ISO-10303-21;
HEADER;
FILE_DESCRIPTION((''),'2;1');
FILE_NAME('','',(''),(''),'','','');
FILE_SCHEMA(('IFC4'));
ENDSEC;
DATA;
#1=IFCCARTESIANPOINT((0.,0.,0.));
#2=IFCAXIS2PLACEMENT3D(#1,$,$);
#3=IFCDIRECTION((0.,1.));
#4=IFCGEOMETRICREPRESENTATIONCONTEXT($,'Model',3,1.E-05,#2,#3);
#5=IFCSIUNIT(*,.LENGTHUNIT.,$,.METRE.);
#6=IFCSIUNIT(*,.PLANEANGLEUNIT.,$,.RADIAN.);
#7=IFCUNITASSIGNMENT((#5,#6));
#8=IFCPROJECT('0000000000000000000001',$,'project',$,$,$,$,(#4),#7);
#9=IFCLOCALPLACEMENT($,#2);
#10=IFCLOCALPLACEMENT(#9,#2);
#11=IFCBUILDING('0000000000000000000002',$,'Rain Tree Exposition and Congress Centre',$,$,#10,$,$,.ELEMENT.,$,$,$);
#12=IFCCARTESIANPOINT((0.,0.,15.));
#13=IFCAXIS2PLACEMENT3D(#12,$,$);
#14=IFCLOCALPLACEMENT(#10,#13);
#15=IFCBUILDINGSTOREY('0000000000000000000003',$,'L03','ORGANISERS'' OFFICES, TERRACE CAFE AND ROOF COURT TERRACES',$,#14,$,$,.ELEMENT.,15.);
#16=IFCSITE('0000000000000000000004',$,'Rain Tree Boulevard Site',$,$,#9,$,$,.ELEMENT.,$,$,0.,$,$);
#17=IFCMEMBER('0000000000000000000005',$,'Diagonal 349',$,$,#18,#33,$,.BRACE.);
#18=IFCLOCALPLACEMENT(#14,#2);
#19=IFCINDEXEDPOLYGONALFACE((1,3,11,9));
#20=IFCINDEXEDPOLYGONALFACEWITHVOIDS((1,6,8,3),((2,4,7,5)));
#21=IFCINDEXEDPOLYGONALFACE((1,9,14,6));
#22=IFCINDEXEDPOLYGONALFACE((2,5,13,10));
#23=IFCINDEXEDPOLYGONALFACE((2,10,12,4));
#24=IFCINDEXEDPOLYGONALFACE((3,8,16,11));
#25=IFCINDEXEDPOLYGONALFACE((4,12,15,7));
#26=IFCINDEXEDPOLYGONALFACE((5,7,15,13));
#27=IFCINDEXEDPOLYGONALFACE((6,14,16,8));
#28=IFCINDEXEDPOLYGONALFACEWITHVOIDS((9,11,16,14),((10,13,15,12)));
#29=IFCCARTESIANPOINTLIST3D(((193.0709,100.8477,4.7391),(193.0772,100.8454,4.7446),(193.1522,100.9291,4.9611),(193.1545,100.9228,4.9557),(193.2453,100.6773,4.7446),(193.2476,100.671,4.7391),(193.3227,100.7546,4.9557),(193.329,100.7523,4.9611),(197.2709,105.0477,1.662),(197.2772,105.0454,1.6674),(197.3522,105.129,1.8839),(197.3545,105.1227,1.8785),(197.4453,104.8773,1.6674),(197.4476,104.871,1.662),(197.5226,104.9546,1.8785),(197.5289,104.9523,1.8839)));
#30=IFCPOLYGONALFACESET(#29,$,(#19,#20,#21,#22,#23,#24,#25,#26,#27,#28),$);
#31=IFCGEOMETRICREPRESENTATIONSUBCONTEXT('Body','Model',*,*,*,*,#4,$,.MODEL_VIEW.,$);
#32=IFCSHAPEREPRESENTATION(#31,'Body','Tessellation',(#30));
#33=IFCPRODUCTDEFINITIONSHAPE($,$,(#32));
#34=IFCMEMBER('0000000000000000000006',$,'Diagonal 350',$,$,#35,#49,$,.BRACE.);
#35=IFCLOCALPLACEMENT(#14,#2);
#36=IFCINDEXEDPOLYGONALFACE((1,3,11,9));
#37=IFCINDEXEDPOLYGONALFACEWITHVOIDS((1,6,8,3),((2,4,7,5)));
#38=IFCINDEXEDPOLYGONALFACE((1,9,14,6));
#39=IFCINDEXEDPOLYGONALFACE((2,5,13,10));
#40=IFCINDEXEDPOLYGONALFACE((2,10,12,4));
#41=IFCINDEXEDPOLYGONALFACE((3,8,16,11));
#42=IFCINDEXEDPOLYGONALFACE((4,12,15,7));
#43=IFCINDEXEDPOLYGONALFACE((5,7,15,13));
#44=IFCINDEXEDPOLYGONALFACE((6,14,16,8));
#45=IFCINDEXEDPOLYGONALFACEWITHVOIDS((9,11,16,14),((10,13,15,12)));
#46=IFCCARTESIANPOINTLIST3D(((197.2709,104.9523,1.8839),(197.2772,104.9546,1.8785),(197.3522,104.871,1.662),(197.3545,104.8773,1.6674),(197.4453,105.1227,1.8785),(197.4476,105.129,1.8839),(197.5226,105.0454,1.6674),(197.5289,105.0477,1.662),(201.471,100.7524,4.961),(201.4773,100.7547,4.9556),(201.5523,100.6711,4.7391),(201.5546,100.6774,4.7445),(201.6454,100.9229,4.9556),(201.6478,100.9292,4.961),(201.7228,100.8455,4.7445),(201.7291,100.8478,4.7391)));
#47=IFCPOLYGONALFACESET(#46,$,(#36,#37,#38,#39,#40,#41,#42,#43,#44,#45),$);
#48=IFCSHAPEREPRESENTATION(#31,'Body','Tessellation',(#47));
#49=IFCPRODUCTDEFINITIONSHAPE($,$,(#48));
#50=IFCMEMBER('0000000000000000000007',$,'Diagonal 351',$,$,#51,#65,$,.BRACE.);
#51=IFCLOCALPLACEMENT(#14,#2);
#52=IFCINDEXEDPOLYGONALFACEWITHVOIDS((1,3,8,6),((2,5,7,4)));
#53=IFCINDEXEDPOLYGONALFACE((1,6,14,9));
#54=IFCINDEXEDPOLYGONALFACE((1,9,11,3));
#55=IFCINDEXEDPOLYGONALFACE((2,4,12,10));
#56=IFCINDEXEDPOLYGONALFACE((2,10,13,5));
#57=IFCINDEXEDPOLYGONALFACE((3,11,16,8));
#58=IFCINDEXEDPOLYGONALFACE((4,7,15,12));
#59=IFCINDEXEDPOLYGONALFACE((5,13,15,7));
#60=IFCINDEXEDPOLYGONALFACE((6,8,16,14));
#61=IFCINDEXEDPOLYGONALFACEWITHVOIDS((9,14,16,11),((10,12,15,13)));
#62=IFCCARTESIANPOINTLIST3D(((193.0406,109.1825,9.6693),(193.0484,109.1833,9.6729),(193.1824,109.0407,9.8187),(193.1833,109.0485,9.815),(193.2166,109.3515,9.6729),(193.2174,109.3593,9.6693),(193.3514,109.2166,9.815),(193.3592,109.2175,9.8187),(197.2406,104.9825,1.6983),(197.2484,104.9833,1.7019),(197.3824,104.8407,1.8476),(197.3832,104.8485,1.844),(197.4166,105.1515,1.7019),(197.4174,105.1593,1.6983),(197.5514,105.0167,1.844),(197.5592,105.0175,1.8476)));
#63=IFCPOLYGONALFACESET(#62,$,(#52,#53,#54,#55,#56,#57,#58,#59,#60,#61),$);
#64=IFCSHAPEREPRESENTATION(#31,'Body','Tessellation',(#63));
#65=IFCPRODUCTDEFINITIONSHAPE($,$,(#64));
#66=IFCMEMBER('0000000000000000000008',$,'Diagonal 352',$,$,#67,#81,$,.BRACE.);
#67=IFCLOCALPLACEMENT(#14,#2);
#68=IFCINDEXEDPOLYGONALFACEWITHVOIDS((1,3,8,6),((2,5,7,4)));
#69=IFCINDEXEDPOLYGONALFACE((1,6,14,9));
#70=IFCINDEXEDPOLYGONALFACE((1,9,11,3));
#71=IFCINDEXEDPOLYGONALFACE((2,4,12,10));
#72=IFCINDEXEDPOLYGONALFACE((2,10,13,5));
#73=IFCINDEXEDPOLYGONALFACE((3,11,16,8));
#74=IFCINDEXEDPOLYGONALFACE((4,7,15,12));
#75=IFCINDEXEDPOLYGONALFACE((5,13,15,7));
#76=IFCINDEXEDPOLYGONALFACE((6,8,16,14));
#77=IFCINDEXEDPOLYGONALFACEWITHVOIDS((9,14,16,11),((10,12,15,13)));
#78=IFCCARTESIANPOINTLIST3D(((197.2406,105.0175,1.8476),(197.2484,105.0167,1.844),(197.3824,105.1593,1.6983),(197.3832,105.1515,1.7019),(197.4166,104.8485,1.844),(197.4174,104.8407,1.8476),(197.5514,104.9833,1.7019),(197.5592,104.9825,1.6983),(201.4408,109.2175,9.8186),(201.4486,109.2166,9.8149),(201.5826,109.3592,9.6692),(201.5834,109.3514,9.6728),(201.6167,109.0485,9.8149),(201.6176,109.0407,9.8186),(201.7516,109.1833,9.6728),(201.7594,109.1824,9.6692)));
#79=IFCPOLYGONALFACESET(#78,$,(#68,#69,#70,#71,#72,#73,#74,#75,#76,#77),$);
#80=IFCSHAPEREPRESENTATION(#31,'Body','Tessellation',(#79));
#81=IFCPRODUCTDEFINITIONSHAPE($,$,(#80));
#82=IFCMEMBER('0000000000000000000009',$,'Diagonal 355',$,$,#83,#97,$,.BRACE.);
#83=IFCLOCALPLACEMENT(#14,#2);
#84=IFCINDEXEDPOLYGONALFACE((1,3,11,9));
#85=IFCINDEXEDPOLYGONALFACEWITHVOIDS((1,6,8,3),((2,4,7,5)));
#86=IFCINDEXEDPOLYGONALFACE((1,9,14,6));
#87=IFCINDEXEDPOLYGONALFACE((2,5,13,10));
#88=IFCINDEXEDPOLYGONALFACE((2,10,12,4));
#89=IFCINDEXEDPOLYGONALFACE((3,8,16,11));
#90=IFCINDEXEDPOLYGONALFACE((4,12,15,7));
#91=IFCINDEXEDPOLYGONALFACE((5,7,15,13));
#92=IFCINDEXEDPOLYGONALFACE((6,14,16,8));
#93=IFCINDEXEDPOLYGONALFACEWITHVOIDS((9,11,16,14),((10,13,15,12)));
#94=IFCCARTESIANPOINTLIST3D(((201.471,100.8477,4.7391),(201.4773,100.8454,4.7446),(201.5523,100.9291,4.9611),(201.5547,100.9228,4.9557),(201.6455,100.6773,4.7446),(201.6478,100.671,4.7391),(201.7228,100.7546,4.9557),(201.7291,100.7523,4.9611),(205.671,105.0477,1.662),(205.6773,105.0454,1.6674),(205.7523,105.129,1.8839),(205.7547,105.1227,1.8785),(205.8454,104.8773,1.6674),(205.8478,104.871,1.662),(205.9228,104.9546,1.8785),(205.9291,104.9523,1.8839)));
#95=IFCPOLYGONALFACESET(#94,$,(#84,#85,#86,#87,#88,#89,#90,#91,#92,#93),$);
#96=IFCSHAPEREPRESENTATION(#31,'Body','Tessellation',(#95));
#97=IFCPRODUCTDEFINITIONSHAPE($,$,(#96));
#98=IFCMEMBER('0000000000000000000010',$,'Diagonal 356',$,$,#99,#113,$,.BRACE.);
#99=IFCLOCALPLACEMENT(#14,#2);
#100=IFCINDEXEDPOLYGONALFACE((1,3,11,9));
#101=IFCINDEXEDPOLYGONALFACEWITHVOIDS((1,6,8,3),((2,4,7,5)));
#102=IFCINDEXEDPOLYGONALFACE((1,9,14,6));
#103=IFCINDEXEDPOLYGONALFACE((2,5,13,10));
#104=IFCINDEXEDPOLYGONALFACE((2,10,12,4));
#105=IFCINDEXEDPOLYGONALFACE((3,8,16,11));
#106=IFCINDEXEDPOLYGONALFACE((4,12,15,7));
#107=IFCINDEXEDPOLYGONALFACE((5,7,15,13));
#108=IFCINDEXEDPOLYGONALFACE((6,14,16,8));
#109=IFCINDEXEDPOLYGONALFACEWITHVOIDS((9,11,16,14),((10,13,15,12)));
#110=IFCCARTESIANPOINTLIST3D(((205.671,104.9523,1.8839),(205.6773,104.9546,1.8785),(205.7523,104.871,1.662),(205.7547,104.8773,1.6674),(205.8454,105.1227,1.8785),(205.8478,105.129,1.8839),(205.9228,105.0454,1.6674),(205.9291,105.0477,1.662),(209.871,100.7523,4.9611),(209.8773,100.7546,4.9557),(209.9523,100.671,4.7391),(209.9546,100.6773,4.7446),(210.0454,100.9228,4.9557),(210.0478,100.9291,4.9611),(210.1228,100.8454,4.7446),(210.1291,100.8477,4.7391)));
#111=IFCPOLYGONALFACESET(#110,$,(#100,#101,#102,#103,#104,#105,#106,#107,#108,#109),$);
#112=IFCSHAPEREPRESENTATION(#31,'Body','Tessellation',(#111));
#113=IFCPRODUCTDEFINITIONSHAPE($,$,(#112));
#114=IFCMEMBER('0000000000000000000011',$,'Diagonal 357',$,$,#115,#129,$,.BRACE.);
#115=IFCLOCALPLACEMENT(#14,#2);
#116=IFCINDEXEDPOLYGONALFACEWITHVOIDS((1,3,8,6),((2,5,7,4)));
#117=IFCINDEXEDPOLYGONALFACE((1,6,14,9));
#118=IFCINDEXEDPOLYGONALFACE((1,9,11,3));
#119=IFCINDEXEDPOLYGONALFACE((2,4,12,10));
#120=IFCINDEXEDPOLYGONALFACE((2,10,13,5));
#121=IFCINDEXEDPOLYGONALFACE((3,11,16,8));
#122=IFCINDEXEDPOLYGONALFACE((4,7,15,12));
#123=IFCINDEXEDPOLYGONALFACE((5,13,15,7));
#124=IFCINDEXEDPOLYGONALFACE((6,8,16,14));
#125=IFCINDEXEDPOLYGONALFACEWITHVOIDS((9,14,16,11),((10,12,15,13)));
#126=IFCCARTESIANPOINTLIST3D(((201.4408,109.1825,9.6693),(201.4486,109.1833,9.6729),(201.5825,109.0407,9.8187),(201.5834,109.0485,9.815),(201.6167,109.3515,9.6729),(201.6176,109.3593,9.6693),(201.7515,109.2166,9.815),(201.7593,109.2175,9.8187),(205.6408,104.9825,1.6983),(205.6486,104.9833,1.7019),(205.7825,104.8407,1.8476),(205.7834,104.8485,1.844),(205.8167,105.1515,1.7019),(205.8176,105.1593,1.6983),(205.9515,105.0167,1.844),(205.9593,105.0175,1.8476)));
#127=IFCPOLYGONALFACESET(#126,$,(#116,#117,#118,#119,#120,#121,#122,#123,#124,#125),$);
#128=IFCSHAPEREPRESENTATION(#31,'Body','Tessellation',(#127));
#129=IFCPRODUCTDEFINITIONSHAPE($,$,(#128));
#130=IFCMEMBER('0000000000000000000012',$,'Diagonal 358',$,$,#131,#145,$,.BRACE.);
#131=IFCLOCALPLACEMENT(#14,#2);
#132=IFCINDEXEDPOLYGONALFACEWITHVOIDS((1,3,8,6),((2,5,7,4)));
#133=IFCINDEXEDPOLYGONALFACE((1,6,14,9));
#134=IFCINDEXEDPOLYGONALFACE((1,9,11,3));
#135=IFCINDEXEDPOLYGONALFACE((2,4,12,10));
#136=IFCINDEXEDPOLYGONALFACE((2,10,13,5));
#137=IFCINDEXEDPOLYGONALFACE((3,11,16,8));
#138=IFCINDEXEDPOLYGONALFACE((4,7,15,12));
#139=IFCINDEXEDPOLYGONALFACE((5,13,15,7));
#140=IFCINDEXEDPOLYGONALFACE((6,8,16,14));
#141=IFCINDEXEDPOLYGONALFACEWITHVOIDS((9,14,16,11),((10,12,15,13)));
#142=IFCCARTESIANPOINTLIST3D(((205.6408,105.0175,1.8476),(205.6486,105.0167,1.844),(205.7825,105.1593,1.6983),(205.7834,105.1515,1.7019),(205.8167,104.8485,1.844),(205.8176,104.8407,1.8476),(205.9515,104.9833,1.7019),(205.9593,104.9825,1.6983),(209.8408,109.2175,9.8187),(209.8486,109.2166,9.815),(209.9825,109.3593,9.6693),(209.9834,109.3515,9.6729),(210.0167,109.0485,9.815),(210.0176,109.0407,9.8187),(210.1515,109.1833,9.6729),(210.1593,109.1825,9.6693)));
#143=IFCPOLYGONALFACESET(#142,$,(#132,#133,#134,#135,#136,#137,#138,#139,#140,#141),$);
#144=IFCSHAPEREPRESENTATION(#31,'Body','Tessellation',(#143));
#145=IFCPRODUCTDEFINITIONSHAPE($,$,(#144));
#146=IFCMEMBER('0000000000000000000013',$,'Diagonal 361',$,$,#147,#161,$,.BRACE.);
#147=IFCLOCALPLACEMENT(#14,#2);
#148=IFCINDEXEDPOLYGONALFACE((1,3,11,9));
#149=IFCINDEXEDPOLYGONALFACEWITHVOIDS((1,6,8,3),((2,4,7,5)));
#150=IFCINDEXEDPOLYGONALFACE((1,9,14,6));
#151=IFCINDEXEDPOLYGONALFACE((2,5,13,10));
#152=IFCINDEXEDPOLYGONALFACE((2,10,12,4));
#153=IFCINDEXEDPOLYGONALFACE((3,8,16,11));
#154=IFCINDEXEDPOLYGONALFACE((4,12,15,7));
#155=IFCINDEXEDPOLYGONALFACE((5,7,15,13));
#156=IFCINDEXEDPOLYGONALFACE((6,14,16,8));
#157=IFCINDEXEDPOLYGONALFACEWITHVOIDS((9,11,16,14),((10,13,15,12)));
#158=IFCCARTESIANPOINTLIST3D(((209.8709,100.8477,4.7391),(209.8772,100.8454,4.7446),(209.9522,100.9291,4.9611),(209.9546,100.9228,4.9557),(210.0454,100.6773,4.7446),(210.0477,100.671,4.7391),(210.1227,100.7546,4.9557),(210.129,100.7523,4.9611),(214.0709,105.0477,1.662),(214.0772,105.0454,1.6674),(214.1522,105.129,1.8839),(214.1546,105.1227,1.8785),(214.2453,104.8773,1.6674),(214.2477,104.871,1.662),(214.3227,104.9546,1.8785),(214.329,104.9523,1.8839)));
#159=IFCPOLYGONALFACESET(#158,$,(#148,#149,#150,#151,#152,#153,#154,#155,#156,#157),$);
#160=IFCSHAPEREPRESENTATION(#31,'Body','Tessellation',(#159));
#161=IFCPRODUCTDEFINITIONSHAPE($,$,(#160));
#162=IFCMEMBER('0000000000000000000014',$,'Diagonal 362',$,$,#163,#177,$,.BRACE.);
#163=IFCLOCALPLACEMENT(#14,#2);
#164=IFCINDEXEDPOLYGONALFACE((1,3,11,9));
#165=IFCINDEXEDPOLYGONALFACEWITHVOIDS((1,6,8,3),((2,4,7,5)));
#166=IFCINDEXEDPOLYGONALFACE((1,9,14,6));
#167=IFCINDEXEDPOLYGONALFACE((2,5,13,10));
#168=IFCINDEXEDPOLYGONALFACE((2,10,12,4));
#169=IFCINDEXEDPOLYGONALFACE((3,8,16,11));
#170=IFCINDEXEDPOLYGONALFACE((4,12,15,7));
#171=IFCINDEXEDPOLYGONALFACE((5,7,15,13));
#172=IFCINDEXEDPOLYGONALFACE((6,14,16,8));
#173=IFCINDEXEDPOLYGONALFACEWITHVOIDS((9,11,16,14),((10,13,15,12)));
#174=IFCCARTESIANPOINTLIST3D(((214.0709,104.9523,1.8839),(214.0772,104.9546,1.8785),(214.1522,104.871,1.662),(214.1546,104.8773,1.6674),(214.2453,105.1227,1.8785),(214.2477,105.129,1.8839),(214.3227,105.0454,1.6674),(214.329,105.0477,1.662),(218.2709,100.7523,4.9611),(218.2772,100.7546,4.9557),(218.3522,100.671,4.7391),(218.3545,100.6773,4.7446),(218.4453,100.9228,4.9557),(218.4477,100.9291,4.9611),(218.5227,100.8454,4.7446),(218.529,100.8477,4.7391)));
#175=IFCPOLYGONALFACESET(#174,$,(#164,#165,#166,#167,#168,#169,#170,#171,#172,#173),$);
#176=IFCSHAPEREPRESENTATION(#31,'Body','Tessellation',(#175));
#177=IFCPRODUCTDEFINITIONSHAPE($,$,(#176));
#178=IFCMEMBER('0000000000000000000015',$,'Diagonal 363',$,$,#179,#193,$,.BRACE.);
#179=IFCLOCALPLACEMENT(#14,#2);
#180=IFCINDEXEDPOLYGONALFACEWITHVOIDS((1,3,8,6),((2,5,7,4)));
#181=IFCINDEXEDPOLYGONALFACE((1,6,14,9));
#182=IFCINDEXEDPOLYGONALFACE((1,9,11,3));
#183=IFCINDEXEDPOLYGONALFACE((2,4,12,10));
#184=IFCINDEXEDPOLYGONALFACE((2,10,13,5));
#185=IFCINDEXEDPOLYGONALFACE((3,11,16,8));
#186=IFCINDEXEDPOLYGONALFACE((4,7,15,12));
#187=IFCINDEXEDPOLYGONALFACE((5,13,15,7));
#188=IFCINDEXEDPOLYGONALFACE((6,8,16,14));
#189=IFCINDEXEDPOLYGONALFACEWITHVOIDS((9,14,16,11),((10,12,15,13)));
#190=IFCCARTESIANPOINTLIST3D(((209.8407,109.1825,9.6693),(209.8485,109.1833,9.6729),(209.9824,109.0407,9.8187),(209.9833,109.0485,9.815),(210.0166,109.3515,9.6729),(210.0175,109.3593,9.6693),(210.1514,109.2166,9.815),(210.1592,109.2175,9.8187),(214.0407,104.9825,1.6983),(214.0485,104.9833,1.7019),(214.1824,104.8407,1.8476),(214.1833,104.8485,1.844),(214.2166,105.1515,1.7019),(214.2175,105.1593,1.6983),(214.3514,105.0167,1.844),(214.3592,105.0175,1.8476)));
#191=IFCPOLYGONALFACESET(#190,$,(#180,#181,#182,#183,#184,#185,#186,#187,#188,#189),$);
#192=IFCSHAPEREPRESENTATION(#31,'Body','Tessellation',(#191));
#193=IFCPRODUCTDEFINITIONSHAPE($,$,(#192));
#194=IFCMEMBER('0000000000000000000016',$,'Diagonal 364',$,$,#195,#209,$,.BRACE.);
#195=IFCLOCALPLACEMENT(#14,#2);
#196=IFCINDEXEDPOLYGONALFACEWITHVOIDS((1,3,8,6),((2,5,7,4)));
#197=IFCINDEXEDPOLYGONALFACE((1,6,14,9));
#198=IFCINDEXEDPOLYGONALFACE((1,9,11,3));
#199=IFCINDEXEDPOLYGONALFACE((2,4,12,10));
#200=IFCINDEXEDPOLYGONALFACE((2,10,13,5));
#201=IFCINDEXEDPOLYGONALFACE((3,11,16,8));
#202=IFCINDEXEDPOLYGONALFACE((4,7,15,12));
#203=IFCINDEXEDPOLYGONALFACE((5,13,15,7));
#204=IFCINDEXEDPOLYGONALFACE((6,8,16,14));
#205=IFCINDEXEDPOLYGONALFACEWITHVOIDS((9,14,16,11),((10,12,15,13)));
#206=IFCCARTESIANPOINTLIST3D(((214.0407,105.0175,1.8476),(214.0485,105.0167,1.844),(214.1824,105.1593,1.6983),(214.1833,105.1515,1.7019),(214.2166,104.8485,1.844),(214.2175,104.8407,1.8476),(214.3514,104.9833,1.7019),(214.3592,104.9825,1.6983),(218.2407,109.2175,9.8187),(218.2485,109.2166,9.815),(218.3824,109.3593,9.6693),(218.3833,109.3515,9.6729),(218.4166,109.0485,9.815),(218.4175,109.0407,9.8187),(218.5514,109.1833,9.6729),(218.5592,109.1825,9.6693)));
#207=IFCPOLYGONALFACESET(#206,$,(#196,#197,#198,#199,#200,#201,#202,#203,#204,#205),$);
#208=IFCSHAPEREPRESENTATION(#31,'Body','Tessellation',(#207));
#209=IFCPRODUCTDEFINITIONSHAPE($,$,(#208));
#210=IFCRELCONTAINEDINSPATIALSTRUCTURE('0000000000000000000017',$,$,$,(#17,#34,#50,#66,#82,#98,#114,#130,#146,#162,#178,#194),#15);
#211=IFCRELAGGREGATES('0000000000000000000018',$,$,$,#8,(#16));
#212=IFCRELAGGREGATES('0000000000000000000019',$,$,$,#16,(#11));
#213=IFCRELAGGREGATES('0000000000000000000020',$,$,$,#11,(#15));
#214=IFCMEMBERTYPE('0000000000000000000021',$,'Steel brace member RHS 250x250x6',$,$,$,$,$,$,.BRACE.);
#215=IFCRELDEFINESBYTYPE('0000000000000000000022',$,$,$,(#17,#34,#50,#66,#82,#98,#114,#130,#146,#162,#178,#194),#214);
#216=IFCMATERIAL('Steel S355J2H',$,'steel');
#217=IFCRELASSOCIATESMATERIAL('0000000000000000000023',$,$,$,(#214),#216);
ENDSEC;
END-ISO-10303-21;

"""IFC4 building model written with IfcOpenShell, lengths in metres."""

from ifc_helpers import new_model, si_unit, direction, frame, origin, origin_2d, place, context, subcontext, project, spatial, hollow_rectangle, extrude, material, material_profile, profile_set, type_object, element, save


model = new_model("IFC4")

# Units and contexts
model_context = context("Model", 3, precision=1e-05, world=origin(), true_north=direction((0.0, 1.0)))
body_context = subcontext(model_context, "Body", "Model", "MODEL_VIEW")
ifc_project = project(units=[si_unit("LENGTHUNIT", "METRE"), si_unit("PLANEANGLEUNIT", "RADIAN")], contexts=[model_context])

# Site, building, storey
site_placement = place(None, origin())
site = spatial("IfcSite", under=ifc_project, at=site_placement, Name="Rain Tree Boulevard Site", CompositionType="ELEMENT", RefElevation=0.0)
building_placement = place(site_placement, origin())
building = spatial("IfcBuilding", under=site, at=building_placement, Name="Rain Tree Exposition and Congress Centre", CompositionType="ELEMENT")
storey_placement = place(building_placement, frame((0.0, 0.0, 15.0)))
storey = spatial("IfcBuildingStorey", under=building, at=storey_placement, Name="L03", Description="ORGANISERS' OFFICES, TERRACE CAFE AND ROOF COURT TERRACES", CompositionType="ELEMENT", Elevation=15.0)

# Members
ifc_material_1 = material(Name="Steel S355J2H", Category="steel")
ifc_material_profile_1 = material_profile(ifc_material_1, hollow_rectangle(XDim=0.25, YDim=0.25, WallThickness=0.0061, at=origin_2d()), Name="RHS 250x250x6")
ifc_profile_set_1 = profile_set([ifc_material_profile_1], Name="Steel S355J2H")
member_type_1 = type_object("IfcMemberType", Name="Steel brace member RHS 250x250x6", PredefinedType="BRACE", material=ifc_profile_set_1)
for number, where, z_axis, x_axis, name in (
    (1, (197.3999, 105.0, 1.7729), (-0.627852, -0.627852, 0.460004), (0.707107, -0.707107, 0.0), "Diagonal 349"),
    (2, (197.3999, 105.0, 1.7729), (0.627874, -0.627838, 0.459993), (0.707086, 0.707127, 0.0), "Diagonal 350"),
):
    element("IfcMember", number, at=place(storey_placement, frame(where, z_axis=z_axis, x_axis=x_axis)), inside=storey, type_object=member_type_1, Name=name, PredefinedType="BRACE", context=body_context, shape_type="SweptSolid", body=[
        extrude(hollow_rectangle(XDim=0.25, YDim=0.25, WallThickness=0.0061, at=origin_2d()), origin(), (0.0, 0.0, 1.0), 6.6895),
    ])
for number, where, z_axis, x_axis, name in (
    (3, (197.3999, 105.0, 1.7729), (-0.422506, 0.422506, 0.801859), (-0.707107, -0.707107, 0.0), "Diagonal 351"),
    (4, (197.3999, 105.0, 1.7729), (0.422526, 0.422501, 0.801851), (-0.707086, 0.707127, 0.0), "Diagonal 352"),
):
    element("IfcMember", number, at=place(storey_placement, frame(where, z_axis=z_axis, x_axis=x_axis)), inside=storey, type_object=member_type_1, Name=name, PredefinedType="BRACE", context=body_context, shape_type="SweptSolid", body=[
        extrude(hollow_rectangle(XDim=0.25, YDim=0.25, WallThickness=0.0061, at=origin_2d()), origin(), (0.0, 0.0, 1.0), 9.9407),
    ])
for number, where, z_axis, x_axis, name in (
    (5, (205.8, 105.0, 1.7729), (-0.627852, -0.627852, 0.460004), (0.707107, -0.707107, 0.0), "Diagonal 355"),
    (6, (205.8, 105.0, 1.7729), (0.627852, -0.627852, 0.460004), (0.707107, 0.707107, 0.0), "Diagonal 356"),
):
    element("IfcMember", number, at=place(storey_placement, frame(where, z_axis=z_axis, x_axis=x_axis)), inside=storey, type_object=member_type_1, Name=name, PredefinedType="BRACE", context=body_context, shape_type="SweptSolid", body=[
        extrude(hollow_rectangle(XDim=0.25, YDim=0.25, WallThickness=0.0061, at=origin_2d()), origin(), (0.0, 0.0, 1.0), 6.6895),
    ])
for number, where, z_axis, x_axis, name in (
    (7, (205.8, 105.0, 1.7729), (-0.422506, 0.422506, 0.801859), (-0.707107, -0.707107, 0.0), "Diagonal 357"),
    (8, (205.8, 105.0, 1.7729), (0.422506, 0.422506, 0.801859), (-0.707107, 0.707107, 0.0), "Diagonal 358"),
):
    element("IfcMember", number, at=place(storey_placement, frame(where, z_axis=z_axis, x_axis=x_axis)), inside=storey, type_object=member_type_1, Name=name, PredefinedType="BRACE", context=body_context, shape_type="SweptSolid", body=[
        extrude(hollow_rectangle(XDim=0.25, YDim=0.25, WallThickness=0.0061, at=origin_2d()), origin(), (0.0, 0.0, 1.0), 9.9407),
    ])
for number, where, z_axis, x_axis, name in (
    (9, (214.2, 105.0, 1.7729), (-0.627852, -0.627852, 0.460004), (0.707107, -0.707107, 0.0), "Diagonal 361"),
    (10, (214.2, 105.0, 1.7729), (0.627852, -0.627852, 0.460004), (0.707107, 0.707107, 0.0), "Diagonal 362"),
):
    element("IfcMember", number, at=place(storey_placement, frame(where, z_axis=z_axis, x_axis=x_axis)), inside=storey, type_object=member_type_1, Name=name, PredefinedType="BRACE", context=body_context, shape_type="SweptSolid", body=[
        extrude(hollow_rectangle(XDim=0.25, YDim=0.25, WallThickness=0.0061, at=origin_2d()), origin(), (0.0, 0.0, 1.0), 6.6895),
    ])
for number, where, z_axis, x_axis, name in (
    (11, (214.2, 105.0, 1.7729), (-0.422506, 0.422506, 0.801859), (-0.707107, -0.707107, 0.0), "Diagonal 363"),
    (12, (214.2, 105.0, 1.7729), (0.422506, 0.422506, 0.801859), (-0.707107, 0.707107, 0.0), "Diagonal 364"),
):
    element("IfcMember", number, at=place(storey_placement, frame(where, z_axis=z_axis, x_axis=x_axis)), inside=storey, type_object=member_type_1, Name=name, PredefinedType="BRACE", context=body_context, shape_type="SweptSolid", body=[
        extrude(hollow_rectangle(XDim=0.25, YDim=0.25, WallThickness=0.0061, at=origin_2d()), origin(), (0.0, 0.0, 1.0), 9.9407),
    ])

save(model, "model.ifc")
